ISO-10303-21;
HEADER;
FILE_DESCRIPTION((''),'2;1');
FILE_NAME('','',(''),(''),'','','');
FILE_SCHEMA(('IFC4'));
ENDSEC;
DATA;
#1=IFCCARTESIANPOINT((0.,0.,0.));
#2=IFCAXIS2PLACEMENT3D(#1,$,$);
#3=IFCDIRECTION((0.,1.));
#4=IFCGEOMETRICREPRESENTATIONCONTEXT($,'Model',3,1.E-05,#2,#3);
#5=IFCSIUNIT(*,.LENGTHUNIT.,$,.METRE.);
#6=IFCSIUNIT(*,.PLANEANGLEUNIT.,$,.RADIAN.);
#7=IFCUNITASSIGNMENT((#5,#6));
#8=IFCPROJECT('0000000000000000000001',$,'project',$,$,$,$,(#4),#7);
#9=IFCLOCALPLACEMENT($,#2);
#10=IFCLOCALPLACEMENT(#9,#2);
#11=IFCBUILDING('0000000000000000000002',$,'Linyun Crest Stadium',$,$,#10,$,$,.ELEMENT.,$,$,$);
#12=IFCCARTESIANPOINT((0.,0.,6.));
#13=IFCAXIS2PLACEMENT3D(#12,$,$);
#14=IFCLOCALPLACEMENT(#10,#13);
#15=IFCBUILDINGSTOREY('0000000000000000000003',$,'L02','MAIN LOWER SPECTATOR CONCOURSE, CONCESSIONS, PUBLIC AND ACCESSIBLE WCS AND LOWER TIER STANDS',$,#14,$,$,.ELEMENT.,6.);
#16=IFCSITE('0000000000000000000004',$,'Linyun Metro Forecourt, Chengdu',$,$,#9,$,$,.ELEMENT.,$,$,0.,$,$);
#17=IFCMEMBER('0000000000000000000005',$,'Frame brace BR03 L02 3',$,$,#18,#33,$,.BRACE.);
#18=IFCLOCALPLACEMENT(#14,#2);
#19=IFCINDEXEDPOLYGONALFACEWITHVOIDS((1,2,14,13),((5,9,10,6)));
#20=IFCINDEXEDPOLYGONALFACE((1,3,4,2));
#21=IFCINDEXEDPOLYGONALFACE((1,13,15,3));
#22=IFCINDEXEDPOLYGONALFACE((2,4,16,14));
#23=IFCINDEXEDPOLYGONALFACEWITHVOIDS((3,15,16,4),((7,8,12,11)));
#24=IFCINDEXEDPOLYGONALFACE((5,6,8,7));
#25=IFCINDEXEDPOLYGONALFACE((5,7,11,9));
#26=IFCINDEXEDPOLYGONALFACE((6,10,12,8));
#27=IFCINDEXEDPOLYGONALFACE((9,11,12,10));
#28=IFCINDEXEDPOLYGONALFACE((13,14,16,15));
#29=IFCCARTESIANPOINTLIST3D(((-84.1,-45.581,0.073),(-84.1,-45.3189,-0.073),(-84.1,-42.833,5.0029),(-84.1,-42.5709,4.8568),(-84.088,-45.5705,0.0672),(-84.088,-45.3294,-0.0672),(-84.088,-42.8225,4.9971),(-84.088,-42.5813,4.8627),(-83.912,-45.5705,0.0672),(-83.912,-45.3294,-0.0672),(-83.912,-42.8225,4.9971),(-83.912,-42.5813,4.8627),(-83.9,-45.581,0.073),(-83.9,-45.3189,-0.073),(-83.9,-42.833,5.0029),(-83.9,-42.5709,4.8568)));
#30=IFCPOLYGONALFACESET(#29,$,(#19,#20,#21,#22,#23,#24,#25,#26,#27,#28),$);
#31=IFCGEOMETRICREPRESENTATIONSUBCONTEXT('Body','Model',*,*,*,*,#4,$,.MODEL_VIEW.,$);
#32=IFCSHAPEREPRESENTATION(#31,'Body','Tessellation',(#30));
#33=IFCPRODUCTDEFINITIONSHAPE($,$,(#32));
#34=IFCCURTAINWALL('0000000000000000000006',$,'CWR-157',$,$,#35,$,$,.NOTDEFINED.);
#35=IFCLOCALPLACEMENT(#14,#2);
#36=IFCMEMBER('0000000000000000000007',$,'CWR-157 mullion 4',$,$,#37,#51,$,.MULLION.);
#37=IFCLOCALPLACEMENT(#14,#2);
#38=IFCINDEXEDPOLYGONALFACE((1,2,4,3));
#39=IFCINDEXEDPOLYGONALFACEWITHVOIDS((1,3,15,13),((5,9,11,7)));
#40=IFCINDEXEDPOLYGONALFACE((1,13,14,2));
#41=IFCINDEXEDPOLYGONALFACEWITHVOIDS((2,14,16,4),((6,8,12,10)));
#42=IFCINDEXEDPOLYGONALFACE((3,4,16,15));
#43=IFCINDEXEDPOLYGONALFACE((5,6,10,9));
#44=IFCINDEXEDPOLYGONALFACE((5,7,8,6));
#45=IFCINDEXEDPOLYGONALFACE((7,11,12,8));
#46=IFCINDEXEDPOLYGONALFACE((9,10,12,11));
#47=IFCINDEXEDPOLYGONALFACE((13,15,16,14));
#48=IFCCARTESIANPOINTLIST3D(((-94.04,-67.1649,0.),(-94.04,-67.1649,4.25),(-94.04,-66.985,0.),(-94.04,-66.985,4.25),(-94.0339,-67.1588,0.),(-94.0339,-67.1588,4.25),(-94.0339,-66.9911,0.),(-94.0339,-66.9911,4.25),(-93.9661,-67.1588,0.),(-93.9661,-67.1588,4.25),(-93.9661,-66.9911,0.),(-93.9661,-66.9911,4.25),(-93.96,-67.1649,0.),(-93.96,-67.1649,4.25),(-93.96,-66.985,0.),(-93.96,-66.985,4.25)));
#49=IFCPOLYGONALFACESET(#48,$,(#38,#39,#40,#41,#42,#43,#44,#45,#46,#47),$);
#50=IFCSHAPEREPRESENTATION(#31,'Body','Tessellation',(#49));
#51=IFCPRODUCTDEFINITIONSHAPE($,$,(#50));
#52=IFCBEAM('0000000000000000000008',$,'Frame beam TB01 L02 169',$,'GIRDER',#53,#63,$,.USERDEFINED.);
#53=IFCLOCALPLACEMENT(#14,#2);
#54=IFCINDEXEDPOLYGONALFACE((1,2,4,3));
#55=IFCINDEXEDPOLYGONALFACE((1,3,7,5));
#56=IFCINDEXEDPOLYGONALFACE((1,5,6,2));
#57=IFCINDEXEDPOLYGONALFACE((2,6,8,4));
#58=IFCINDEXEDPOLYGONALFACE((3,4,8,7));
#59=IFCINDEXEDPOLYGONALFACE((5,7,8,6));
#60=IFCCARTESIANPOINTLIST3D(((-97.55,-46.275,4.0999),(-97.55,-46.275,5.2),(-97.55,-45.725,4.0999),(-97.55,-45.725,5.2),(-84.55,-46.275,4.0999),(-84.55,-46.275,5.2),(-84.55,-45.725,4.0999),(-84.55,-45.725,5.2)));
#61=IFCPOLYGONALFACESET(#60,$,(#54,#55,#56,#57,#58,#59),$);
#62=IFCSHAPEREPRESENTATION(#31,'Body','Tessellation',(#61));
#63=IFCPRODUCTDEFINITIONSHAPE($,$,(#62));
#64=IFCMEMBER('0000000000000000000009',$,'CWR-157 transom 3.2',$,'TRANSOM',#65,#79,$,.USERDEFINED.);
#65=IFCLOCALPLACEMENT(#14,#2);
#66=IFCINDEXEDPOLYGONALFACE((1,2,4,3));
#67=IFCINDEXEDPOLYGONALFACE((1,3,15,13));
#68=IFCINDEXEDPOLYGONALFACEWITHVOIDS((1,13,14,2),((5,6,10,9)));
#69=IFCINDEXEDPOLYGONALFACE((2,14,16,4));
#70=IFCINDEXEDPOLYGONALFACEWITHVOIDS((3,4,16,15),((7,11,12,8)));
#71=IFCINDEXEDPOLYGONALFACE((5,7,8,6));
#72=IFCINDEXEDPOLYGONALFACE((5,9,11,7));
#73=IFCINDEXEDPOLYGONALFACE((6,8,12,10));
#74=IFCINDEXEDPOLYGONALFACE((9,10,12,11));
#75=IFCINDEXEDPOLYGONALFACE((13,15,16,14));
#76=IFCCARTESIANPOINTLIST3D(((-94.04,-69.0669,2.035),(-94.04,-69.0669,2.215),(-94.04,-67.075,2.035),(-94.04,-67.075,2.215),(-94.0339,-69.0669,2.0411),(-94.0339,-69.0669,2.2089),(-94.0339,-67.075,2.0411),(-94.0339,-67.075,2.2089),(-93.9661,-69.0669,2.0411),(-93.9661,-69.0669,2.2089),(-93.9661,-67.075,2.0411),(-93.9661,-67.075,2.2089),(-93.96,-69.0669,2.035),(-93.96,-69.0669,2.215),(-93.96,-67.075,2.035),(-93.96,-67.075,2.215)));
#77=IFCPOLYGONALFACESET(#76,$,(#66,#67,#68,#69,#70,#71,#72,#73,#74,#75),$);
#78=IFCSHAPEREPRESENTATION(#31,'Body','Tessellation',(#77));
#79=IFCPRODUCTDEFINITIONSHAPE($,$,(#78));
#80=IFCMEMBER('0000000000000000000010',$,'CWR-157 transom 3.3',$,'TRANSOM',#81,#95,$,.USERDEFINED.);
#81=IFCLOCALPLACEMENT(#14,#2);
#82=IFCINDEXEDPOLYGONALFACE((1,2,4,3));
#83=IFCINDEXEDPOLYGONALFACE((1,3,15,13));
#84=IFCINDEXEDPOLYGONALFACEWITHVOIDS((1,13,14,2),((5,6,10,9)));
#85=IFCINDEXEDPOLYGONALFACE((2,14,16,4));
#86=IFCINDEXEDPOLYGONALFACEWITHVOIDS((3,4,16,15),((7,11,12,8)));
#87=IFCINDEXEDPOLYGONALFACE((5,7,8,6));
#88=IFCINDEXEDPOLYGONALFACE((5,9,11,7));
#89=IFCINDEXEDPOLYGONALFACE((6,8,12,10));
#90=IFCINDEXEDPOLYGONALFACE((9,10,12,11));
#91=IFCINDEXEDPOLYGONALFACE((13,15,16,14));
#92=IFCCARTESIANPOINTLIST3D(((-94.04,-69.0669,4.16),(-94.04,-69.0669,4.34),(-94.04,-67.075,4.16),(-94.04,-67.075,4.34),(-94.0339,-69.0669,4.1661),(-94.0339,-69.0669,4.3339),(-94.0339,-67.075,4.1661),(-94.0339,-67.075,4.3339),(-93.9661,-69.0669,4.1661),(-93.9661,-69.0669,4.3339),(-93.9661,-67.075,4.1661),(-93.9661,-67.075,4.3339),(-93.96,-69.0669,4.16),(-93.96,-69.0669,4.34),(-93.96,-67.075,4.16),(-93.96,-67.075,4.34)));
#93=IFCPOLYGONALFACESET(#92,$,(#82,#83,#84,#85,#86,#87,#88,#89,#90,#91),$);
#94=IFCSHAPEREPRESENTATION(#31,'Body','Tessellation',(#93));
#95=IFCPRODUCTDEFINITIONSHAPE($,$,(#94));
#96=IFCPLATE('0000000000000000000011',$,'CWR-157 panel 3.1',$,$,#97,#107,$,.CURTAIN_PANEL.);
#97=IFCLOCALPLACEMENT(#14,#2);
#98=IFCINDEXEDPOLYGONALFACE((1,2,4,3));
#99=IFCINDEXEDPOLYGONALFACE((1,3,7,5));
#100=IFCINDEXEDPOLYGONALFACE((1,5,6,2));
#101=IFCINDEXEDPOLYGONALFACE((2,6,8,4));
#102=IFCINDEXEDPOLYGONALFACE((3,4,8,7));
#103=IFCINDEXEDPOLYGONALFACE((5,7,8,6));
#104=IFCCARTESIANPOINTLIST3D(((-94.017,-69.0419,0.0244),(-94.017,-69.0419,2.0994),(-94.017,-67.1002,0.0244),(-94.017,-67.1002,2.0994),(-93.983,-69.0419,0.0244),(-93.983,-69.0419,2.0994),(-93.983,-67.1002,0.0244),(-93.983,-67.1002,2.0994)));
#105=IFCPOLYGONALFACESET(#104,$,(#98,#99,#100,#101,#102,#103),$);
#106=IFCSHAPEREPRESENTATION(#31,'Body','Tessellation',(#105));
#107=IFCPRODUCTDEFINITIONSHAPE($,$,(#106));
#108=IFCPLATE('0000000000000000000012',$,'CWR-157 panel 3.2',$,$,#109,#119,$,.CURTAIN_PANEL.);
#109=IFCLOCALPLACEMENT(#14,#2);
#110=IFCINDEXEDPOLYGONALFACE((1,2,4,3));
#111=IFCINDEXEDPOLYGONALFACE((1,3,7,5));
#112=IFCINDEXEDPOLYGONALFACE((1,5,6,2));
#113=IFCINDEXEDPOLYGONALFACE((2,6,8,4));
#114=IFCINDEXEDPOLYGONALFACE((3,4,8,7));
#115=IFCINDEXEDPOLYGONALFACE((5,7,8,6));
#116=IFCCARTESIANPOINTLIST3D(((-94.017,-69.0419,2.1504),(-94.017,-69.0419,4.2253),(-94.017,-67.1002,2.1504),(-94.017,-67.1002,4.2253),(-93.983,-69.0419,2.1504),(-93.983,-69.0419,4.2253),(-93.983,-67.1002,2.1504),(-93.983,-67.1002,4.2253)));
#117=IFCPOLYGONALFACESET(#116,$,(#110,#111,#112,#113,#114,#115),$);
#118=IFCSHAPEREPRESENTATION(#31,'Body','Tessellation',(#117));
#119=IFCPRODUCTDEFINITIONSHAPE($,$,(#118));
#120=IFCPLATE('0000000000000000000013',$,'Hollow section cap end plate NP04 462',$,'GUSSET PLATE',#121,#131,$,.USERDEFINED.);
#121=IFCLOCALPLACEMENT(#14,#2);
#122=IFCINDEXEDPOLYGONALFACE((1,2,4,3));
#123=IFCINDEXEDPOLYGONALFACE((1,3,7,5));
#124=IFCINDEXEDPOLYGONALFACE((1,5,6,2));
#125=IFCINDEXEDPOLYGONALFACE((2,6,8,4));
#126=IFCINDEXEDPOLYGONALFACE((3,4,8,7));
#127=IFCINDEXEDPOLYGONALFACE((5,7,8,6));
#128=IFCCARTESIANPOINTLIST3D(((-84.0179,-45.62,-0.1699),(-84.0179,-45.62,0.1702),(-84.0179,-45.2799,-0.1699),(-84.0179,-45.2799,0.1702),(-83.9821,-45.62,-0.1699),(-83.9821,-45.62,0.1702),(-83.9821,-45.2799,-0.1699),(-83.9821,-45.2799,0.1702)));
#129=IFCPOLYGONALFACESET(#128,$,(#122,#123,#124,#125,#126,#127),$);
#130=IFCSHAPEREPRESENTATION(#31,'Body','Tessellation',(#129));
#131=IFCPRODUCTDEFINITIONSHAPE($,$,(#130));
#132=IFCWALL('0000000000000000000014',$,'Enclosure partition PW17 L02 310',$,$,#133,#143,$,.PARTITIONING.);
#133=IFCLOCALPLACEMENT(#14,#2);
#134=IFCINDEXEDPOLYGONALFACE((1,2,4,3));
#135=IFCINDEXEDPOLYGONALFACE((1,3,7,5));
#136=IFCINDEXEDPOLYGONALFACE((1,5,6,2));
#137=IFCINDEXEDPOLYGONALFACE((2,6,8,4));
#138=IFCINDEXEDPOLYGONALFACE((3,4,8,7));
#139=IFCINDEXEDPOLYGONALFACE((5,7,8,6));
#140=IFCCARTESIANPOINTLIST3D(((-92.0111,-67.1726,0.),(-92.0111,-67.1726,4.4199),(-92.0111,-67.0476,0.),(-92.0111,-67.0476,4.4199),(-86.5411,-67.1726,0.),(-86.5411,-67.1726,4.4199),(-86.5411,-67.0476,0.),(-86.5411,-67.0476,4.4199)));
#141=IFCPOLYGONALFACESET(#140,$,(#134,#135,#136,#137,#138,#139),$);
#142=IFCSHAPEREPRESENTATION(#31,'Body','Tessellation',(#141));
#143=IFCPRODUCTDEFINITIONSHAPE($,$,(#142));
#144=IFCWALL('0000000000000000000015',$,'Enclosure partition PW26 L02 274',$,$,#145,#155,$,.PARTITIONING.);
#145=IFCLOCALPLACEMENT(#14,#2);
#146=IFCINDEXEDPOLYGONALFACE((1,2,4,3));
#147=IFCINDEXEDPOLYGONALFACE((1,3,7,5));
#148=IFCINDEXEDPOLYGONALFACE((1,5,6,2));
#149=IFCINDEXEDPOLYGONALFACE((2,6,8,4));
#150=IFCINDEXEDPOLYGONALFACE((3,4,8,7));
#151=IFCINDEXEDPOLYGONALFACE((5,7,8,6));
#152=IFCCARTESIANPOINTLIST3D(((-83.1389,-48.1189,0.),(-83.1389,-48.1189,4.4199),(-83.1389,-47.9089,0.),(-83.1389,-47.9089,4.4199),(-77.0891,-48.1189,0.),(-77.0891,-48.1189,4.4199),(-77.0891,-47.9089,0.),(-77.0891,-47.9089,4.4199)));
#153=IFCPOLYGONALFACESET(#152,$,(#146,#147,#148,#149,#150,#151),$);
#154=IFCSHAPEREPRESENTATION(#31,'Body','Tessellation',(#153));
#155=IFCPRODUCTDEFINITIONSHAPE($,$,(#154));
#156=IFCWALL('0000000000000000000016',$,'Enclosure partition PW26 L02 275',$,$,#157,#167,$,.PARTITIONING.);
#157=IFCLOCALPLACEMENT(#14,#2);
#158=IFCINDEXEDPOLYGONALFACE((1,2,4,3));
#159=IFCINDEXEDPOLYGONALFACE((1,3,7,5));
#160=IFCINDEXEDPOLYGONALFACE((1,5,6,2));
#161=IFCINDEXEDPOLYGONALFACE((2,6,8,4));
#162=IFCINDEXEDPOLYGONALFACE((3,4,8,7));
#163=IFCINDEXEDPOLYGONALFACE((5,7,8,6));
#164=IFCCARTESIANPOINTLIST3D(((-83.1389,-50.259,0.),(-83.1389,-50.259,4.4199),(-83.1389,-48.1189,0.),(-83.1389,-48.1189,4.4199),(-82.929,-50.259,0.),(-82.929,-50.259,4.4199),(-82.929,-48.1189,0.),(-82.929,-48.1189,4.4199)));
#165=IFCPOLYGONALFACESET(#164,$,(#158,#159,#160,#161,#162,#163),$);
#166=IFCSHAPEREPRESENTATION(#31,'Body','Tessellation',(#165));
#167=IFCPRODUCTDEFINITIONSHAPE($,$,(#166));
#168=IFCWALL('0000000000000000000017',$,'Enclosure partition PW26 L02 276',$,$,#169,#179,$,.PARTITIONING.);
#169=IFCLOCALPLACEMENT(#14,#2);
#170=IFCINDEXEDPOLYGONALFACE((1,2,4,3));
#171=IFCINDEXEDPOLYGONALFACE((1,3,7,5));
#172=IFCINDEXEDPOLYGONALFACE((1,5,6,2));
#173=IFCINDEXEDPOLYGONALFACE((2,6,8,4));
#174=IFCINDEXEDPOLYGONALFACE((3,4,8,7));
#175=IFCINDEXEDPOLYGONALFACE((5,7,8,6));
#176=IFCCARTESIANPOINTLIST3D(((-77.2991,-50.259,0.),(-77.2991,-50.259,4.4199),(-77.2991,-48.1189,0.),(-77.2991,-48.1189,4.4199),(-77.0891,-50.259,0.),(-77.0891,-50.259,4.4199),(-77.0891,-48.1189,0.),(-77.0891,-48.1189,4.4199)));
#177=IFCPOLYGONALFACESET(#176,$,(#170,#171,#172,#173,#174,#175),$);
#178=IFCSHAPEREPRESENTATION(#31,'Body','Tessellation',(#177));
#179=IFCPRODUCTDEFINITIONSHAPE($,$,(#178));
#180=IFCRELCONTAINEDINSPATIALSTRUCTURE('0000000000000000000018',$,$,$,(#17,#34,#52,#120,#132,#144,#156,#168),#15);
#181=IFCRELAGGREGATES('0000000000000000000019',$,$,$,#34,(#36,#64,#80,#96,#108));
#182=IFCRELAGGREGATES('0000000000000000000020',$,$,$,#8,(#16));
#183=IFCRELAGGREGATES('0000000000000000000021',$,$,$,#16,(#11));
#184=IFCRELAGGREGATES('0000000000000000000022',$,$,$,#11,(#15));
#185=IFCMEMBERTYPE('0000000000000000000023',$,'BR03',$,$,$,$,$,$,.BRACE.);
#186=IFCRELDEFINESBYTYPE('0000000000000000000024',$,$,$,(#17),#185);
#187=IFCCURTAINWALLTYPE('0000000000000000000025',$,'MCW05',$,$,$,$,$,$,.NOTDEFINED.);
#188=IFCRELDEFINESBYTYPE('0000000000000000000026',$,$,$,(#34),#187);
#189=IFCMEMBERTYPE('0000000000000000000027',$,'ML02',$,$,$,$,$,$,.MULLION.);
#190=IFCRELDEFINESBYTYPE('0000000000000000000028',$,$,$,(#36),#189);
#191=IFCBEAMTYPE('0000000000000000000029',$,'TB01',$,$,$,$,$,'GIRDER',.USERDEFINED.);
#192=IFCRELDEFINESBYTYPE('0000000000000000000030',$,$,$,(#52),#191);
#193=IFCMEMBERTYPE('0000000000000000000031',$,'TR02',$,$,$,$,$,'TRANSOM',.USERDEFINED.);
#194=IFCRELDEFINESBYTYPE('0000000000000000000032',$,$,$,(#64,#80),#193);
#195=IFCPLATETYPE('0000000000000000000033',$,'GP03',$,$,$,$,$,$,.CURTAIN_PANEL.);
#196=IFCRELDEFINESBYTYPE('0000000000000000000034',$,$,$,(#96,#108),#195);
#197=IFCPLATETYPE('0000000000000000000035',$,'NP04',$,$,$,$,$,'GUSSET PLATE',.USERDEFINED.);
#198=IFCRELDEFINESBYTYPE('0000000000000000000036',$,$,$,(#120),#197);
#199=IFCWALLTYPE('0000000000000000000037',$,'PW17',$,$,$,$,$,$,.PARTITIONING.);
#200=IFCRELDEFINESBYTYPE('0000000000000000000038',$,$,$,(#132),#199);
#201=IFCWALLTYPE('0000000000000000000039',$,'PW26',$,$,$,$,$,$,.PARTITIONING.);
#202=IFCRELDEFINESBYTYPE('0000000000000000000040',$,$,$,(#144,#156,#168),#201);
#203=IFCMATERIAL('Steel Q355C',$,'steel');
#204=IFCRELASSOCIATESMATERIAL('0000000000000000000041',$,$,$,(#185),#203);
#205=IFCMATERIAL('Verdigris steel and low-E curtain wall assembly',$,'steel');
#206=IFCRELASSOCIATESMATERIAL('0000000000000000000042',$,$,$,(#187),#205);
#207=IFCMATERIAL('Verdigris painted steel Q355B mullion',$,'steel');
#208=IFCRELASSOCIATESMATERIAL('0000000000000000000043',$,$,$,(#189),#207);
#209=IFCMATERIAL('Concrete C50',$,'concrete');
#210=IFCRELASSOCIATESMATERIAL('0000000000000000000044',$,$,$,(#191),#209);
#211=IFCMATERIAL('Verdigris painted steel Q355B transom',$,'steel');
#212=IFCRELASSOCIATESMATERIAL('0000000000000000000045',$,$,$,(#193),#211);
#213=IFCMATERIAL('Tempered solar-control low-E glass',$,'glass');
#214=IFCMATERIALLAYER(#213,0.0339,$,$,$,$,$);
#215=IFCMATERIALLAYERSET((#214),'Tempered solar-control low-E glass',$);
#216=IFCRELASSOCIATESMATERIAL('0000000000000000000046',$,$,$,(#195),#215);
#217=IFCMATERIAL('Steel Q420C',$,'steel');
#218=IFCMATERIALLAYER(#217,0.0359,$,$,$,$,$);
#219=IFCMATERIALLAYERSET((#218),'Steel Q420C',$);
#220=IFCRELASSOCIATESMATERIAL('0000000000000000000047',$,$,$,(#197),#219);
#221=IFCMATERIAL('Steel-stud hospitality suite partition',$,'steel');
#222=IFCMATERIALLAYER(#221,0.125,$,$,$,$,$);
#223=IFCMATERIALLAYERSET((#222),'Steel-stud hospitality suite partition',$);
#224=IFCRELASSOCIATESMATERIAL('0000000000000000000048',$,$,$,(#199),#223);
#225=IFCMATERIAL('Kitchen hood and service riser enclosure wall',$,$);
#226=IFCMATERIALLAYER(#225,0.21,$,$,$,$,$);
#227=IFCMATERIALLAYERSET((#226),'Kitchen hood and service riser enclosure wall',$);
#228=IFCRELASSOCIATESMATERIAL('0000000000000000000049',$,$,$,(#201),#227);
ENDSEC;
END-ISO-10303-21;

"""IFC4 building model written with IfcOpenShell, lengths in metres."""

from ifc_helpers import new_model, si_unit, direction, frame, frame_2d, origin, origin_2d, place, context, subcontext, project, spatial, rectangle, hollow_rectangle, extrude, material, layer, layer_set, material_profile, profile_set, type_object, element, aggregate, save


model = new_model("IFC4")

# Units and contexts
model_context = context("Model", 3, precision=1e-05, world=origin(), true_north=direction((0.0, 1.0)))
body_context = subcontext(model_context, "Body", "Model", "MODEL_VIEW")
ifc_project = project(units=[si_unit("LENGTHUNIT", "METRE"), si_unit("PLANEANGLEUNIT", "RADIAN")], contexts=[model_context])

# Site, building, storey
site_placement = place(None, origin())
site = spatial("IfcSite", under=ifc_project, at=site_placement, Name="Linyun Metro Forecourt, Chengdu", CompositionType="ELEMENT", RefElevation=0.0)
building_placement = place(site_placement, origin())
building = spatial("IfcBuilding", under=site, at=building_placement, Name="Linyun Crest Stadium", CompositionType="ELEMENT")
storey_placement = place(building_placement, frame((0.0, 0.0, 6.0)))
storey = spatial("IfcBuildingStorey", under=building, at=storey_placement, Name="L02", Description="MAIN LOWER SPECTATOR CONCOURSE, CONCESSIONS, PUBLIC AND ACCESSIBLE WCS AND LOWER TIER STANDS", CompositionType="ELEMENT", Elevation=6.0)

# Member
ifc_material_1 = material(Name="Steel Q355C", Category="steel")
ifc_material_profile_1 = material_profile(ifc_material_1, hollow_rectangle(XDim=0.2, YDim=0.3, WallThickness=0.012, at=origin_2d()), Name="RHS 300x200x12")
ifc_profile_set_1 = profile_set([ifc_material_profile_1], Name="Steel Q355C")
member_type_1 = type_object("IfcMemberType", Name="BR03", PredefinedType="BRACE", material=ifc_profile_set_1)
member_1_placement = place(storey_placement, frame((-84.0, -45.45, 0.0), z_axis=(0.0, 0.486887, 0.873465), x_axis=(-1.0, 0.0, 0.0)))
element("IfcMember", 1, at=member_1_placement, inside=storey, type_object=member_type_1, Name="Frame brace BR03 L02 3", PredefinedType="BRACE", context=body_context, shape_type="SweptSolid", body=[
    extrude(hollow_rectangle(XDim=0.2, YDim=0.3, WallThickness=0.012, at=origin_2d()), origin(), (0.0, 0.0, 1.0), 5.644),
])

# Curtain wall, member
ifc_material_2 = material(Name="Verdigris steel and low-E curtain wall assembly", Category="steel")
curtain_wall_type = type_object("IfcCurtainWallType", Name="MCW05", PredefinedType="NOTDEFINED", material=ifc_material_2)
curtain_wall_placement = place(storey_placement, origin())
curtain_wall = element("IfcCurtainWall", 2, at=curtain_wall_placement, inside=storey, type_object=curtain_wall_type, Name="CWR-157", PredefinedType="NOTDEFINED")
ifc_material_3 = material(Name="Verdigris painted steel Q355B mullion", Category="steel")
ifc_material_profile_2 = material_profile(ifc_material_3, hollow_rectangle(XDim=0.0801, YDim=0.1799, WallThickness=0.0061, at=origin_2d()), Name="RHS 180x80x6")
ifc_profile_set_2 = profile_set([ifc_material_profile_2], Name="Verdigris painted steel Q355B mullion")
member_type_2 = type_object("IfcMemberType", Name="ML02", PredefinedType="MULLION", material=ifc_profile_set_2)
member_2_placement = place(storey_placement, frame((-94.0, -67.075, 0.0), z_axis=(0.0, 0.0, 1.0), x_axis=(-1.0, 0.0, 0.0)))
member_2 = element("IfcMember", 3, at=member_2_placement, type_object=member_type_2, Name="CWR-157 mullion 4", PredefinedType="MULLION", context=body_context, shape_type="SweptSolid", body=[
    extrude(hollow_rectangle(XDim=0.0801, YDim=0.1799, WallThickness=0.0061, at=origin_2d()), origin(), (0.0, 0.0, 1.0), 4.25),
])

# Beam
ifc_material_4 = material(Name="Concrete C50", Category="concrete")
ifc_material_profile_3 = material_profile(ifc_material_4, rectangle(XDim=0.55, YDim=1.1001, at=origin_2d()), Name="RCB 1100x550")
ifc_profile_set_3 = profile_set([ifc_material_profile_3], Name="Concrete C50")
beam_type_1 = type_object("IfcBeamType", Name="TB01", ElementType="GIRDER", PredefinedType="USERDEFINED", material=ifc_profile_set_3)
beam_1_placement = place(storey_placement, frame((-97.55, -46.0, 4.6499), z_axis=(1.0, 0.0, 0.0), x_axis=(0.0, 1.0, 0.0)))
element("IfcBeam", 4, at=beam_1_placement, inside=storey, type_object=beam_type_1, Name="Frame beam TB01 L02 169", ObjectType="GIRDER", PredefinedType="USERDEFINED", context=body_context, shape_type="SweptSolid", body=[
    extrude(rectangle(XDim=0.55, YDim=1.1001, at=origin_2d()), origin(), (0.0, 0.0, 1.0), 13.0),
])

# Members
ifc_material_5 = material(Name="Verdigris painted steel Q355B transom", Category="steel")
ifc_material_profile_4 = material_profile(ifc_material_5, hollow_rectangle(XDim=0.0801, YDim=0.1799, WallThickness=0.0061, at=origin_2d()), Name="RHS 180x80x6")
ifc_profile_set_4 = profile_set([ifc_material_profile_4], Name="Verdigris painted steel Q355B transom")
member_type_3 = type_object("IfcMemberType", Name="TR02", ElementType="TRANSOM", PredefinedType="USERDEFINED", material=ifc_profile_set_4)
member_3_placement = place(storey_placement, frame((-94.0, -69.0669, 2.125), z_axis=(0.0, 1.0, 0.0), x_axis=(-1.0, 0.0, 0.0)))
member_3 = element("IfcMember", 5, at=member_3_placement, type_object=member_type_3, Name="CWR-157 transom 3.2", ObjectType="TRANSOM", PredefinedType="USERDEFINED", context=body_context, shape_type="SweptSolid", body=[
    extrude(hollow_rectangle(XDim=0.0801, YDim=0.1799, WallThickness=0.0061, at=origin_2d()), origin(), (0.0, 0.0, 1.0), 1.9919),
])
member_4_placement = place(storey_placement, frame((-94.0, -69.0669, 4.25), z_axis=(0.0, 1.0, 0.0), x_axis=(-1.0, 0.0, 0.0)))
member_4 = element("IfcMember", 6, at=member_4_placement, type_object=member_type_3, Name="CWR-157 transom 3.3", ObjectType="TRANSOM", PredefinedType="USERDEFINED", context=body_context, shape_type="SweptSolid", body=[
    extrude(hollow_rectangle(XDim=0.0801, YDim=0.1799, WallThickness=0.0061, at=origin_2d()), origin(), (0.0, 0.0, 1.0), 1.9919),
])

# Plates
ifc_material_6 = material(Name="Tempered solar-control low-E glass", Category="glass")
ifc_layer_1 = layer(ifc_material_6, 0.0339)
ifc_layer_set_1 = layer_set([ifc_layer_1], Name="Tempered solar-control low-E glass")
plate_type_1 = type_object("IfcPlateType", Name="GP03", PredefinedType="CURTAIN_PANEL", material=ifc_layer_set_1)
plate_1_placement = place(storey_placement, frame((-94.0, -68.071, 0.0244), z_axis=(0.0, 0.0, 1.0), x_axis=(0.0, 1.0, 0.0)))
plate_1 = element("IfcPlate", 7, at=plate_1_placement, type_object=plate_type_1, Name="CWR-157 panel 3.1", PredefinedType="CURTAIN_PANEL", context=body_context, shape_type="SweptSolid", body=[
    extrude(rectangle(XDim=1.9417, YDim=0.0339, at=origin_2d()), origin(), (0.0, 0.0, 1.0), 2.075),
])
plate_2_placement = place(storey_placement, frame((-94.0, -68.071, 2.1504), z_axis=(0.0, 0.0, 1.0), x_axis=(0.0, 1.0, 0.0)))
plate_2 = element("IfcPlate", 8, at=plate_2_placement, type_object=plate_type_1, Name="CWR-157 panel 3.2", PredefinedType="CURTAIN_PANEL", context=body_context, shape_type="SweptSolid", body=[
    extrude(rectangle(XDim=1.9417, YDim=0.0339, at=origin_2d()), origin(), (0.0, 0.0, 1.0), 2.075),
])
aggregate(curtain_wall, [member_2, member_3, member_4, plate_1, plate_2])
ifc_material_7 = material(Name="Steel Q420C", Category="steel")
ifc_layer_2 = layer(ifc_material_7, 0.0359)
ifc_layer_set_2 = layer_set([ifc_layer_2], Name="Steel Q420C")
plate_type_2 = type_object("IfcPlateType", Name="NP04", ElementType="GUSSET PLATE", PredefinedType="USERDEFINED", material=ifc_layer_set_2)
plate_3_placement = place(storey_placement, frame((-84.0, -45.45, -0.1699), z_axis=(0.0, 0.0, 1.0), x_axis=(0.0, 1.0, 0.0)))
element("IfcPlate", 9, at=plate_3_placement, inside=storey, type_object=plate_type_2, Name="Hollow section cap end plate NP04 462", ObjectType="GUSSET PLATE", PredefinedType="USERDEFINED", context=body_context, shape_type="SweptSolid", body=[
    extrude(rectangle(XDim=0.3401, YDim=0.0359, at=origin_2d()), origin(), (0.0, 0.0, 1.0), 0.3401),
])

# Wall
ifc_material_8 = material(Name="Steel-stud hospitality suite partition", Category="steel")
ifc_layer_3 = layer(ifc_material_8, 0.125)
ifc_layer_set_3 = layer_set([ifc_layer_3], Name="Steel-stud hospitality suite partition")
wall_type_1 = type_object("IfcWallType", Name="PW17", PredefinedType="PARTITIONING", material=ifc_layer_set_3)
wall_1_placement = place(storey_placement, frame((-92.011, -67.1101, 0.0), z_axis=(0.0, 0.0, 1.0), x_axis=(1.0, 0.0, 0.0)))
element("IfcWall", 10, at=wall_1_placement, inside=storey, type_object=wall_type_1, Name="Enclosure partition PW17 L02 310", PredefinedType="PARTITIONING", context=body_context, shape_type="SweptSolid", body=[
    extrude(rectangle(XDim=5.47, YDim=0.125, at=frame_2d((2.7349, 0.0))), origin(), (0.0, 0.0, 1.0), 4.4199),
])

# Shared definitions
ifc_material_9 = material(Name="Kitchen hood and service riser enclosure wall")
ifc_layer_4 = layer(ifc_material_9, 0.21)
ifc_layer_set_4 = layer_set([ifc_layer_4], Name="Kitchen hood and service riser enclosure wall")
wall_type_2 = type_object("IfcWallType", Name="PW26", PredefinedType="PARTITIONING", material=ifc_layer_set_4)

# Walls
wall_2_placement = place(storey_placement, frame((-83.1389, -48.0139, 0.0), z_axis=(0.0, 0.0, 1.0), x_axis=(1.0, 0.0, 0.0)))
element("IfcWall", 11, at=wall_2_placement, inside=storey, type_object=wall_type_2, Name="Enclosure partition PW26 L02 274", PredefinedType="PARTITIONING", context=body_context, shape_type="SweptSolid", body=[
    extrude(rectangle(XDim=6.0498, YDim=0.21, at=frame_2d((3.0249, 0.0))), origin(), (0.0, 0.0, 1.0), 4.4199),
])
for number, where, z_axis, x_axis, name in (
    (12, (-83.0339, -50.259, 0.0), (0.0, 0.0, 1.0), (0.0, 1.0, 0.0), "Enclosure partition PW26 L02 275"),
    (13, (-77.1941, -50.259, 0.0), (0.0, 0.0, 1.0), (0.0, 1.0, 0.0), "Enclosure partition PW26 L02 276"),
):
    element("IfcWall", number, at=place(storey_placement, frame(where, z_axis=z_axis, x_axis=x_axis)), inside=storey, type_object=wall_type_2, Name=name, PredefinedType="PARTITIONING", context=body_context, shape_type="SweptSolid", body=[
        extrude(rectangle(XDim=2.1401, YDim=0.21, at=frame_2d((1.0701, 0.0))), origin(), (0.0, 0.0, 1.0), 4.4199),
    ])

save(model, "model.ifc")
